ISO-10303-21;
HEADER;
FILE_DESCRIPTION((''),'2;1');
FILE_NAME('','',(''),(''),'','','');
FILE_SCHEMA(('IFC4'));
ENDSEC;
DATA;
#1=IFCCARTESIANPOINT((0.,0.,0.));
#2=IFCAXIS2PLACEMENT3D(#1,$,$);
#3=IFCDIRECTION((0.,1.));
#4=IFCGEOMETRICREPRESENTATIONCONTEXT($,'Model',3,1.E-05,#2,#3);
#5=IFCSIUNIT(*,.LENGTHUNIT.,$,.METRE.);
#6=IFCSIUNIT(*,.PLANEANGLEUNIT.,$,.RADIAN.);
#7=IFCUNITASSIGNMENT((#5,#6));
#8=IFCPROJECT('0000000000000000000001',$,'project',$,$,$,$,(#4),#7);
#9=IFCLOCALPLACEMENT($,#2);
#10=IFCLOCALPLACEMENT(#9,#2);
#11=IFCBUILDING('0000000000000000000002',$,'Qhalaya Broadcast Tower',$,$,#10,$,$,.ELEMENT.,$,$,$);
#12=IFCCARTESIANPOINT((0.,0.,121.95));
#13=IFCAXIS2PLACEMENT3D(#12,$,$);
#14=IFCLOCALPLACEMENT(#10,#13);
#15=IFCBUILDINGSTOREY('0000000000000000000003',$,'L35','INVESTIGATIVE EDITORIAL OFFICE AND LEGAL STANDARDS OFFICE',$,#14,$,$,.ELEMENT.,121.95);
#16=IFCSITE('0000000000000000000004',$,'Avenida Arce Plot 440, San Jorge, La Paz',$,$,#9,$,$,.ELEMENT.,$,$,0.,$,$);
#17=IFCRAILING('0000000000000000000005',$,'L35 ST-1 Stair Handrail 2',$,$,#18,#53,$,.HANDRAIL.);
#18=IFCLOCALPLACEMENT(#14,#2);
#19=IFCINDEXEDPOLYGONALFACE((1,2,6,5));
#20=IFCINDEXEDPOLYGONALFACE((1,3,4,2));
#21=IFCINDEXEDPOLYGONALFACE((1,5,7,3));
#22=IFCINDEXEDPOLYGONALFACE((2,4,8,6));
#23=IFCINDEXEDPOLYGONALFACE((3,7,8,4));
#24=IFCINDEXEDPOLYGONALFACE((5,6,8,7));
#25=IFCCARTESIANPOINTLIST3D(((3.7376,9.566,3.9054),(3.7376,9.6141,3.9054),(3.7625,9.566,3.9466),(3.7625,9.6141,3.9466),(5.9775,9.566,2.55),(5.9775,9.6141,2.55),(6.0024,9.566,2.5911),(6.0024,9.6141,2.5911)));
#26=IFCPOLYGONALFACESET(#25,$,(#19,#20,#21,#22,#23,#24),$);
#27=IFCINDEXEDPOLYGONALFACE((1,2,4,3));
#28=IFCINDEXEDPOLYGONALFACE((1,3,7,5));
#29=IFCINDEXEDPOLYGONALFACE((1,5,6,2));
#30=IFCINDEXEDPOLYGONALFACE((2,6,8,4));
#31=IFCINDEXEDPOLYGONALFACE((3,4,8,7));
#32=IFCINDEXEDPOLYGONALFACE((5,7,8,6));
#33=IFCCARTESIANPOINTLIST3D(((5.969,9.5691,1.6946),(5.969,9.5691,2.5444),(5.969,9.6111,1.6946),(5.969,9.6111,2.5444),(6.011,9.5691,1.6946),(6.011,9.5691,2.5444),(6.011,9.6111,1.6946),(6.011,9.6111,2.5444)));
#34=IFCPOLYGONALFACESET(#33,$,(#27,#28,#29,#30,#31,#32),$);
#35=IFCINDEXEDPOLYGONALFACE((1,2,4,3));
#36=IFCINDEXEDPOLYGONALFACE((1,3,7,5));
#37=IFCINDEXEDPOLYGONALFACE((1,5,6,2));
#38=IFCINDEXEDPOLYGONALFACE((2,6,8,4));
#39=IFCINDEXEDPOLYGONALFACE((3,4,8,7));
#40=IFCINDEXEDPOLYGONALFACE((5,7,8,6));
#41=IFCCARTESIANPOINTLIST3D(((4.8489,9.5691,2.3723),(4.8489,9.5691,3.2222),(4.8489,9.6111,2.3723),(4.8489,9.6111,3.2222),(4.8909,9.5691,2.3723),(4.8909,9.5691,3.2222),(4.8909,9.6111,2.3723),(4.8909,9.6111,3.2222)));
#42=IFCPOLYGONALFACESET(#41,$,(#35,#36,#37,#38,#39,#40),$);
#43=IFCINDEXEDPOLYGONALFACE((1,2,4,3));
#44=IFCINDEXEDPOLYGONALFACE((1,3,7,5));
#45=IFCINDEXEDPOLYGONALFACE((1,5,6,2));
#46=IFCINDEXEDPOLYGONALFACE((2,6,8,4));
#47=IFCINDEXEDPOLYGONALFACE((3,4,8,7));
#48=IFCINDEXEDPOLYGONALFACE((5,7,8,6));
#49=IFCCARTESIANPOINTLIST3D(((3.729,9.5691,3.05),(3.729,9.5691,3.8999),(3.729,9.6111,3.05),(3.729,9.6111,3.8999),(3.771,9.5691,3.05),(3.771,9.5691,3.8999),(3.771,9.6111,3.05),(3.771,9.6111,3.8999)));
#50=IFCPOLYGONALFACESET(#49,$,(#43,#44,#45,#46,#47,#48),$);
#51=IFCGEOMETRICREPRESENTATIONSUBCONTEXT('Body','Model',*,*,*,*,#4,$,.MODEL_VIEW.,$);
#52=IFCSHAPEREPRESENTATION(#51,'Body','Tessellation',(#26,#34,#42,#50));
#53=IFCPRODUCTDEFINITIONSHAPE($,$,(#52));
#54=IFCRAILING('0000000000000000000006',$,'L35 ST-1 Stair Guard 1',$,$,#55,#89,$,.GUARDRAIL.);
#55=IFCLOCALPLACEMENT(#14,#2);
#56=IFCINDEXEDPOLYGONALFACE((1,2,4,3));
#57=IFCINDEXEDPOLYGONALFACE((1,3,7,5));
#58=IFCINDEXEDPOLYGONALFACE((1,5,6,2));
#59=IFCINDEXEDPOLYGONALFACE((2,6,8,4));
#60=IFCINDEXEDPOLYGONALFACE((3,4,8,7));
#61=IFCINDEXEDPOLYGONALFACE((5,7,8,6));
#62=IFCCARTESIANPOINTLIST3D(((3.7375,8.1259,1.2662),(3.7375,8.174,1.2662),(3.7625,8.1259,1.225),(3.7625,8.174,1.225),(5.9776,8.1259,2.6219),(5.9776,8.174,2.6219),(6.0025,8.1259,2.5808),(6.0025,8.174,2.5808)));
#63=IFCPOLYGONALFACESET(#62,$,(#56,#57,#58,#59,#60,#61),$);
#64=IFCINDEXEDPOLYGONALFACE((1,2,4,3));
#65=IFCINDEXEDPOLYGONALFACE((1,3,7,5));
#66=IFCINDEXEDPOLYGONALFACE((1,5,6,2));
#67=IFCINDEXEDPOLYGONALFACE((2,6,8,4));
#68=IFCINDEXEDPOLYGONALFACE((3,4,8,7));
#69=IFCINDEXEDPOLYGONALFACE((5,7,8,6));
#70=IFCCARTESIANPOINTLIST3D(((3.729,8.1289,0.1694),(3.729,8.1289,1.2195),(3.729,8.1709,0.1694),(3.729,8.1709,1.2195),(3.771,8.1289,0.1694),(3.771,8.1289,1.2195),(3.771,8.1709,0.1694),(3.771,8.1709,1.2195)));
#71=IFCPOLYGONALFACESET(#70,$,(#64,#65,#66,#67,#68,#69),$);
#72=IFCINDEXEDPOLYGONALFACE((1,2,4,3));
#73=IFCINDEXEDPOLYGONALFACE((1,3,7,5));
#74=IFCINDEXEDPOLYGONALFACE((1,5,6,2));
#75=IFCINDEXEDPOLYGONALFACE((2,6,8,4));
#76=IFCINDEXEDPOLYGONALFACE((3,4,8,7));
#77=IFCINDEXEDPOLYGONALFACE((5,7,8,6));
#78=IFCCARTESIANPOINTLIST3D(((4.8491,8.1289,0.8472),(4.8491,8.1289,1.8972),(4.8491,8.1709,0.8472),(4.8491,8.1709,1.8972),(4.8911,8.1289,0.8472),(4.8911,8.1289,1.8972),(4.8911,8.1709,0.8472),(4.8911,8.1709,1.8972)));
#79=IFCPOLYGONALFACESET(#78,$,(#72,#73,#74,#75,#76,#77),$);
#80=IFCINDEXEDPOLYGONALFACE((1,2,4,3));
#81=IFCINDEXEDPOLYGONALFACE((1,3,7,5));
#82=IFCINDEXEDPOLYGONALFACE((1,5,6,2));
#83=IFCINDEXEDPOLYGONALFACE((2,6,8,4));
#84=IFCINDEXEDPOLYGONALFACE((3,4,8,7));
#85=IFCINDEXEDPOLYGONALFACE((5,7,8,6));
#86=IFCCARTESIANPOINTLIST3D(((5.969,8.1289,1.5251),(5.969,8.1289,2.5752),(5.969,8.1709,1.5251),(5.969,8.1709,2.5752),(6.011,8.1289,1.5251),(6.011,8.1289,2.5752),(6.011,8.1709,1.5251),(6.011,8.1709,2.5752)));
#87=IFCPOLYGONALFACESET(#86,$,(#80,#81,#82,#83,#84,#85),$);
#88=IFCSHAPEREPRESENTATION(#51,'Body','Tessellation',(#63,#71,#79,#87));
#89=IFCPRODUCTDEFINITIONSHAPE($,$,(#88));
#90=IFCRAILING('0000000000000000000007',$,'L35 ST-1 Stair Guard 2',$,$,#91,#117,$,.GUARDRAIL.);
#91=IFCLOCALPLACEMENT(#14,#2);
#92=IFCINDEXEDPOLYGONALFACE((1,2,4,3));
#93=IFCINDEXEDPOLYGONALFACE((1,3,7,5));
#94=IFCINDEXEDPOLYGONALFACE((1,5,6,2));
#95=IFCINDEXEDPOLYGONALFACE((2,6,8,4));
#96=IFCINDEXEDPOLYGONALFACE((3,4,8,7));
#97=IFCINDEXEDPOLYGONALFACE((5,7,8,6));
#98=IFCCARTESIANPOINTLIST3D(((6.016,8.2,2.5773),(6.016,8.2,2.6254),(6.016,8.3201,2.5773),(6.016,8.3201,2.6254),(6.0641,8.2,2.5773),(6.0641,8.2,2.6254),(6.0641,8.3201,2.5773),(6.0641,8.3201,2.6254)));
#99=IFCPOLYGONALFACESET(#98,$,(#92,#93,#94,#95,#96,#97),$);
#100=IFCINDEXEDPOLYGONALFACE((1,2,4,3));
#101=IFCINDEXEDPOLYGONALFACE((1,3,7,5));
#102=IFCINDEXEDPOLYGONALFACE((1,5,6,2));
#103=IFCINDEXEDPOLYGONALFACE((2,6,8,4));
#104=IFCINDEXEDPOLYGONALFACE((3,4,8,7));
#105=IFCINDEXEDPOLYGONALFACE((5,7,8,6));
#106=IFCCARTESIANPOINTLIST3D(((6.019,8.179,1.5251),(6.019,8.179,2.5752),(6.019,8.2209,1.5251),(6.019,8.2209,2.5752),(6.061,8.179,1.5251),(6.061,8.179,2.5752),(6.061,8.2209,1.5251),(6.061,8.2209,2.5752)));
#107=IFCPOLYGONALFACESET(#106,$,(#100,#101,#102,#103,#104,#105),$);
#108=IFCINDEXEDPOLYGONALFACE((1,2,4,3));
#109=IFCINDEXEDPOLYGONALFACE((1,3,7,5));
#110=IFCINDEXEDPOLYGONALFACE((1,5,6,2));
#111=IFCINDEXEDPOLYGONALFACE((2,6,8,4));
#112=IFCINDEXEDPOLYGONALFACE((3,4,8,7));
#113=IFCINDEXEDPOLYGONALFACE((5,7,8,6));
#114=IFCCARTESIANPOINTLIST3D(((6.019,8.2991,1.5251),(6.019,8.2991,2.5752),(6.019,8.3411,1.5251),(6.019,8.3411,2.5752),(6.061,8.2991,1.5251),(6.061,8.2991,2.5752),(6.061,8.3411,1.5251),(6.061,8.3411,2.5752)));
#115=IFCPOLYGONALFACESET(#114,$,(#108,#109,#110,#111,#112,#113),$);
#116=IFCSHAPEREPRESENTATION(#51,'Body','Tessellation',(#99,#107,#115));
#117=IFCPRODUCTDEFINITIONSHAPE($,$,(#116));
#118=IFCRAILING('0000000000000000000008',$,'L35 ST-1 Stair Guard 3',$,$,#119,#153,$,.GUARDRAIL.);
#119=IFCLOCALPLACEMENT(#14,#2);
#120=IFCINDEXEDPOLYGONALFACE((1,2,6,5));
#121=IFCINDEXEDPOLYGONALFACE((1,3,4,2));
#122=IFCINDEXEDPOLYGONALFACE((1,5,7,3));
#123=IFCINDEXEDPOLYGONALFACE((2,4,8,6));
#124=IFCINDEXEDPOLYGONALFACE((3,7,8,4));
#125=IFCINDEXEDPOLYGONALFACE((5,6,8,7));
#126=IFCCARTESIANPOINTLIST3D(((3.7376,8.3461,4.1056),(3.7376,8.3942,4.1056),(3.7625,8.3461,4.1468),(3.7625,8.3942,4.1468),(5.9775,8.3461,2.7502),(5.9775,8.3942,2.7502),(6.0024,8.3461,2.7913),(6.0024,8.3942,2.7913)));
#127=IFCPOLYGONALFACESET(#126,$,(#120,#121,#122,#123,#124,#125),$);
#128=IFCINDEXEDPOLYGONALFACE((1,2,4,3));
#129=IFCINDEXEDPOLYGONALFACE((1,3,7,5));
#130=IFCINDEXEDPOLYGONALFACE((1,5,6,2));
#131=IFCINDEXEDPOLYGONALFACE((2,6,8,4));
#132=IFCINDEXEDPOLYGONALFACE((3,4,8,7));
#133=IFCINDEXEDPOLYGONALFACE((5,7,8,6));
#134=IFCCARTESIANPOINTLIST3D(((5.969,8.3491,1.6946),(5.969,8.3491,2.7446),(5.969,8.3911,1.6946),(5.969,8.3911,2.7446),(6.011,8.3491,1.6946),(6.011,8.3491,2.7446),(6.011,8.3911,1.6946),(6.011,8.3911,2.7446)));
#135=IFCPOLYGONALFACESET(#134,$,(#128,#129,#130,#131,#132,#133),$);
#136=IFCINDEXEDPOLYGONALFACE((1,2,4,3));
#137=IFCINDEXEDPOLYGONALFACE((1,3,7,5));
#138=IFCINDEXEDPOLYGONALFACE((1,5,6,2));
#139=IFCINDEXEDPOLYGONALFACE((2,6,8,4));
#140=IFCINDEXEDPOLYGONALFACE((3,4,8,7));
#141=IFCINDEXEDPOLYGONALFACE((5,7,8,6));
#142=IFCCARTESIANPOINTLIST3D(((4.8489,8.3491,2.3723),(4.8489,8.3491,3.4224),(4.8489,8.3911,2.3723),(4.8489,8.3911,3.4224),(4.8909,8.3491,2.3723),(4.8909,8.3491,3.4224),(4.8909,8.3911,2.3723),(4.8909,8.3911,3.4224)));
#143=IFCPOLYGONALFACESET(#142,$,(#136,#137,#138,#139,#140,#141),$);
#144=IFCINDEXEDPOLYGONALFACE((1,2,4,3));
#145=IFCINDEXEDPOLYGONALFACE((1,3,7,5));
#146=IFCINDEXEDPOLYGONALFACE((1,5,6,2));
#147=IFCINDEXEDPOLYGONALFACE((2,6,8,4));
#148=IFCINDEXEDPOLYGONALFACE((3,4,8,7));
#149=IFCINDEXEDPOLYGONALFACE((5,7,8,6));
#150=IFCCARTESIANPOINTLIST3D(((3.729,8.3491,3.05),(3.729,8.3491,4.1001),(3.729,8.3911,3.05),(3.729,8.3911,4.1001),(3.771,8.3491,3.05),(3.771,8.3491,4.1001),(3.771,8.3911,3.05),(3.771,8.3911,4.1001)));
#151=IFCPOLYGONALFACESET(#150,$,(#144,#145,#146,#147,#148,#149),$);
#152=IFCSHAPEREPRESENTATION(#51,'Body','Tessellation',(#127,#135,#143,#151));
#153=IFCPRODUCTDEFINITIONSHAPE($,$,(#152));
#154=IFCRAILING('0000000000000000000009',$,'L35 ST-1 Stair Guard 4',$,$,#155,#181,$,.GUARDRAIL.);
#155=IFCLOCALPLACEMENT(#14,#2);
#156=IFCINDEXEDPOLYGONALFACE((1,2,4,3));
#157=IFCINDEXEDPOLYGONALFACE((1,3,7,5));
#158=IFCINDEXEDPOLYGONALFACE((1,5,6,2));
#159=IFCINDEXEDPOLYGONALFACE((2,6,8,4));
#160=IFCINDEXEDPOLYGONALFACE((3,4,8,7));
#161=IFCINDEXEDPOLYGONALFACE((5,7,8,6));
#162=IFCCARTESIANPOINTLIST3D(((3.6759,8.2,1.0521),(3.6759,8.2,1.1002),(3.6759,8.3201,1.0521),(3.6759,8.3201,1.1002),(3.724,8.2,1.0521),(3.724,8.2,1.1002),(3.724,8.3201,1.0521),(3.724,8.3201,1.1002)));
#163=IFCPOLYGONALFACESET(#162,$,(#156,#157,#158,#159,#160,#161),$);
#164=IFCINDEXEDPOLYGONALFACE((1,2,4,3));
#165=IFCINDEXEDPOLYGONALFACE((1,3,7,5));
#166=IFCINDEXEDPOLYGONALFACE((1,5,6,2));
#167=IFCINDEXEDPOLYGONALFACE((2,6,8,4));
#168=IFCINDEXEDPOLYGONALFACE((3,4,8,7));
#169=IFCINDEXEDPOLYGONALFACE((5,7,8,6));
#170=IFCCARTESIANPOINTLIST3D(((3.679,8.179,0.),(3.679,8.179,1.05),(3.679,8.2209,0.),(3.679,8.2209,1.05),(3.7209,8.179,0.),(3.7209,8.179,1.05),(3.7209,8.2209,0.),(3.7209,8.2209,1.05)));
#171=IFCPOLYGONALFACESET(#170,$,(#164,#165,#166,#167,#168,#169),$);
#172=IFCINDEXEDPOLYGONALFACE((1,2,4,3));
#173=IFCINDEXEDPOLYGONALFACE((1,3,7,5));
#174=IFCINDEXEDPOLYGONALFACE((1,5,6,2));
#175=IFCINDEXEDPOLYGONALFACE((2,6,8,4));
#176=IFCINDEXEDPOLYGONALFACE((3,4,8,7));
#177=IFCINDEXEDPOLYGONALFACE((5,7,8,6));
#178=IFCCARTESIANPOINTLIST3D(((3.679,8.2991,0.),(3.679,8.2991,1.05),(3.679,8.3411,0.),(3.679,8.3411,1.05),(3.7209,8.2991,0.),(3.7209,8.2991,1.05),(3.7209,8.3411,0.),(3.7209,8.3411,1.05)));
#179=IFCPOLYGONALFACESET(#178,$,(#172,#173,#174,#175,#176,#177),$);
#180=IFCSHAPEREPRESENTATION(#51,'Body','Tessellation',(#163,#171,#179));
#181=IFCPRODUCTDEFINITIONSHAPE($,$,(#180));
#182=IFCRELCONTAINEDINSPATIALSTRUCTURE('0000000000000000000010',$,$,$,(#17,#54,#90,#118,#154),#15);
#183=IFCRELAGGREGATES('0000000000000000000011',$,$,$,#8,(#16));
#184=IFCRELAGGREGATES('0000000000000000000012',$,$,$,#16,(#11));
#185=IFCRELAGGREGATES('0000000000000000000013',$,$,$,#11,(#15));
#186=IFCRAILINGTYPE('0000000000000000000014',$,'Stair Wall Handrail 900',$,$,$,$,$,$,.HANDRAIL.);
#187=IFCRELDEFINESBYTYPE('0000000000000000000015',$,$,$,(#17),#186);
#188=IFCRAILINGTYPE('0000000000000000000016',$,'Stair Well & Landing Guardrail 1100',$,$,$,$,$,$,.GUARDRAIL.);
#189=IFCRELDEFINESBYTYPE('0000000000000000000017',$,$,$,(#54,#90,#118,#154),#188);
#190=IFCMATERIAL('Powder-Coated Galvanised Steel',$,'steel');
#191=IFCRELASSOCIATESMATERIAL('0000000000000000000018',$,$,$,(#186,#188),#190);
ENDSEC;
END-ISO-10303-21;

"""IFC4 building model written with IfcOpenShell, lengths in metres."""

from ifc_helpers import new_model, si_unit, direction, frame, origin, origin_2d, place, context, subcontext, project, spatial, rectangle, extrude, material, type_object, element, save


model = new_model("IFC4")

# Units and contexts
model_context = context("Model", 3, precision=1e-05, world=origin(), true_north=direction((0.0, 1.0)))
body_context = subcontext(model_context, "Body", "Model", "MODEL_VIEW")
ifc_project = project(units=[si_unit("LENGTHUNIT", "METRE"), si_unit("PLANEANGLEUNIT", "RADIAN")], contexts=[model_context])

# Site, building, storey
site_placement = place(None, origin())
site = spatial("IfcSite", under=ifc_project, at=site_placement, Name="Avenida Arce Plot 440, San Jorge, La Paz", CompositionType="ELEMENT", RefElevation=0.0)
building_placement = place(site_placement, origin())
building = spatial("IfcBuilding", under=site, at=building_placement, Name="Qhalaya Broadcast Tower", CompositionType="ELEMENT")
storey_placement = place(building_placement, frame((0.0, 0.0, 121.95)))
storey = spatial("IfcBuildingStorey", under=building, at=storey_placement, Name="L35", Description="INVESTIGATIVE EDITORIAL OFFICE AND LEGAL STANDARDS OFFICE", CompositionType="ELEMENT", Elevation=121.95)

# Railings
ifc_material_1 = material(Name="Powder-Coated Galvanised Steel", Category="steel")
railing_type_1 = type_object("IfcRailingType", Name="Stair Wall Handrail 900", PredefinedType="HANDRAIL", material=ifc_material_1)
railing_1_placement = place(storey_placement, frame((5.99, 9.5901, 1.6946)))
element("IfcRailing", 1, at=railing_1_placement, inside=storey, type_object=railing_type_1, Name="L35 ST-1 Stair Handrail 2", PredefinedType="HANDRAIL", context=body_context, shape_type="SweptSolid", body=[
    extrude(rectangle(XDim=0.0481, YDim=0.0481, at=origin_2d()), frame((0.0, 0.0, 0.876), z_axis=(-0.855553, 0.0, 0.517715), x_axis=(0.0, -1.0, 0.0)), (0.0, 0.0, 1.0), 2.6182),
    extrude(rectangle(XDim=0.042, YDim=0.042, at=origin_2d()), origin(), (0.0, 0.0, 1.0), 0.8499),
    extrude(rectangle(XDim=0.042, YDim=0.042, at=origin_2d()), frame((-1.1201, 0.0, 0.6777)), (0.0, 0.0, 1.0), 0.8499),
    extrude(rectangle(XDim=0.042, YDim=0.042, at=origin_2d()), frame((-2.24, 0.0, 1.3555)), (0.0, 0.0, 1.0), 0.8499),
])
railing_type_2 = type_object("IfcRailingType", Name="Stair Well & Landing Guardrail 1100", PredefinedType="GUARDRAIL", material=ifc_material_1)
railing_2_placement = place(storey_placement, frame((3.75, 8.1499, 0.1694)))
element("IfcRailing", 2, at=railing_2_placement, inside=storey, type_object=railing_type_2, Name="L35 ST-1 Stair Guard 1", PredefinedType="GUARDRAIL", context=body_context, shape_type="SweptSolid", body=[
    extrude(rectangle(XDim=0.0481, YDim=0.0481, at=origin_2d()), frame((0.0, 0.0, 1.0762), z_axis=(0.855512, 0.0, 0.517783), x_axis=(0.0, 1.0, 0.0)), (0.0, 0.0, 1.0), 2.6184),
    extrude(rectangle(XDim=0.042, YDim=0.042, at=origin_2d()), origin(), (0.0, 0.0, 1.0), 1.05),
    extrude(rectangle(XDim=0.042, YDim=0.042, at=origin_2d()), frame((1.1201, 0.0, 0.6777)), (0.0, 0.0, 1.0), 1.05),
    extrude(rectangle(XDim=0.042, YDim=0.042, at=origin_2d()), frame((2.24, 0.0, 1.3557)), (0.0, 0.0, 1.0), 1.05),
])
railing_3_placement = place(storey_placement, frame((6.04, 8.2, 1.5251)))
element("IfcRailing", 3, at=railing_3_placement, inside=storey, type_object=railing_type_2, Name="L35 ST-1 Stair Guard 2", PredefinedType="GUARDRAIL", context=body_context, shape_type="SweptSolid", body=[
    extrude(rectangle(XDim=0.0481, YDim=0.0481, at=origin_2d()), frame((0.0, 0.0, 1.0762), z_axis=(0.0, 1.0, 0.0), x_axis=(-1.0, 0.0, 0.0)), (0.0, 0.0, 1.0), 0.1201),
    extrude(rectangle(XDim=0.042, YDim=0.042, at=origin_2d()), origin(), (0.0, 0.0, 1.0), 1.05),
    extrude(rectangle(XDim=0.042, YDim=0.042, at=origin_2d()), frame((0.0, 0.1201, 0.0)), (0.0, 0.0, 1.0), 1.05),
])
railing_4_placement = place(storey_placement, frame((5.99, 8.3701, 1.6946)))
element("IfcRailing", 4, at=railing_4_placement, inside=storey, type_object=railing_type_2, Name="L35 ST-1 Stair Guard 3", PredefinedType="GUARDRAIL", context=body_context, shape_type="SweptSolid", body=[
    extrude(rectangle(XDim=0.0481, YDim=0.0481, at=origin_2d()), frame((0.0, 0.0, 1.0762), z_axis=(-0.855553, 0.0, 0.517715), x_axis=(0.0, -1.0, 0.0)), (0.0, 0.0, 1.0), 2.6182),
    extrude(rectangle(XDim=0.042, YDim=0.042, at=origin_2d()), origin(), (0.0, 0.0, 1.0), 1.05),
    extrude(rectangle(XDim=0.042, YDim=0.042, at=origin_2d()), frame((-1.1201, 0.0, 0.6777)), (0.0, 0.0, 1.0), 1.05),
    extrude(rectangle(XDim=0.042, YDim=0.042, at=origin_2d()), frame((-2.24, 0.0, 1.3555)), (0.0, 0.0, 1.0), 1.05),
])
railing_5_placement = place(storey_placement, frame((3.7, 8.2, 0.0)))
element("IfcRailing", 5, at=railing_5_placement, inside=storey, type_object=railing_type_2, Name="L35 ST-1 Stair Guard 4", PredefinedType="GUARDRAIL", context=body_context, shape_type="SweptSolid", body=[
    extrude(rectangle(XDim=0.0481, YDim=0.0481, at=origin_2d()), frame((0.0, 0.0, 1.0762), z_axis=(0.0, 1.0, 0.0), x_axis=(-1.0, 0.0, 0.0)), (0.0, 0.0, 1.0), 0.1201),
    extrude(rectangle(XDim=0.042, YDim=0.042, at=origin_2d()), origin(), (0.0, 0.0, 1.0), 1.05),
    extrude(rectangle(XDim=0.042, YDim=0.042, at=origin_2d()), frame((0.0, 0.1201, 0.0)), (0.0, 0.0, 1.0), 1.05),
])

save(model, "model.ifc")
